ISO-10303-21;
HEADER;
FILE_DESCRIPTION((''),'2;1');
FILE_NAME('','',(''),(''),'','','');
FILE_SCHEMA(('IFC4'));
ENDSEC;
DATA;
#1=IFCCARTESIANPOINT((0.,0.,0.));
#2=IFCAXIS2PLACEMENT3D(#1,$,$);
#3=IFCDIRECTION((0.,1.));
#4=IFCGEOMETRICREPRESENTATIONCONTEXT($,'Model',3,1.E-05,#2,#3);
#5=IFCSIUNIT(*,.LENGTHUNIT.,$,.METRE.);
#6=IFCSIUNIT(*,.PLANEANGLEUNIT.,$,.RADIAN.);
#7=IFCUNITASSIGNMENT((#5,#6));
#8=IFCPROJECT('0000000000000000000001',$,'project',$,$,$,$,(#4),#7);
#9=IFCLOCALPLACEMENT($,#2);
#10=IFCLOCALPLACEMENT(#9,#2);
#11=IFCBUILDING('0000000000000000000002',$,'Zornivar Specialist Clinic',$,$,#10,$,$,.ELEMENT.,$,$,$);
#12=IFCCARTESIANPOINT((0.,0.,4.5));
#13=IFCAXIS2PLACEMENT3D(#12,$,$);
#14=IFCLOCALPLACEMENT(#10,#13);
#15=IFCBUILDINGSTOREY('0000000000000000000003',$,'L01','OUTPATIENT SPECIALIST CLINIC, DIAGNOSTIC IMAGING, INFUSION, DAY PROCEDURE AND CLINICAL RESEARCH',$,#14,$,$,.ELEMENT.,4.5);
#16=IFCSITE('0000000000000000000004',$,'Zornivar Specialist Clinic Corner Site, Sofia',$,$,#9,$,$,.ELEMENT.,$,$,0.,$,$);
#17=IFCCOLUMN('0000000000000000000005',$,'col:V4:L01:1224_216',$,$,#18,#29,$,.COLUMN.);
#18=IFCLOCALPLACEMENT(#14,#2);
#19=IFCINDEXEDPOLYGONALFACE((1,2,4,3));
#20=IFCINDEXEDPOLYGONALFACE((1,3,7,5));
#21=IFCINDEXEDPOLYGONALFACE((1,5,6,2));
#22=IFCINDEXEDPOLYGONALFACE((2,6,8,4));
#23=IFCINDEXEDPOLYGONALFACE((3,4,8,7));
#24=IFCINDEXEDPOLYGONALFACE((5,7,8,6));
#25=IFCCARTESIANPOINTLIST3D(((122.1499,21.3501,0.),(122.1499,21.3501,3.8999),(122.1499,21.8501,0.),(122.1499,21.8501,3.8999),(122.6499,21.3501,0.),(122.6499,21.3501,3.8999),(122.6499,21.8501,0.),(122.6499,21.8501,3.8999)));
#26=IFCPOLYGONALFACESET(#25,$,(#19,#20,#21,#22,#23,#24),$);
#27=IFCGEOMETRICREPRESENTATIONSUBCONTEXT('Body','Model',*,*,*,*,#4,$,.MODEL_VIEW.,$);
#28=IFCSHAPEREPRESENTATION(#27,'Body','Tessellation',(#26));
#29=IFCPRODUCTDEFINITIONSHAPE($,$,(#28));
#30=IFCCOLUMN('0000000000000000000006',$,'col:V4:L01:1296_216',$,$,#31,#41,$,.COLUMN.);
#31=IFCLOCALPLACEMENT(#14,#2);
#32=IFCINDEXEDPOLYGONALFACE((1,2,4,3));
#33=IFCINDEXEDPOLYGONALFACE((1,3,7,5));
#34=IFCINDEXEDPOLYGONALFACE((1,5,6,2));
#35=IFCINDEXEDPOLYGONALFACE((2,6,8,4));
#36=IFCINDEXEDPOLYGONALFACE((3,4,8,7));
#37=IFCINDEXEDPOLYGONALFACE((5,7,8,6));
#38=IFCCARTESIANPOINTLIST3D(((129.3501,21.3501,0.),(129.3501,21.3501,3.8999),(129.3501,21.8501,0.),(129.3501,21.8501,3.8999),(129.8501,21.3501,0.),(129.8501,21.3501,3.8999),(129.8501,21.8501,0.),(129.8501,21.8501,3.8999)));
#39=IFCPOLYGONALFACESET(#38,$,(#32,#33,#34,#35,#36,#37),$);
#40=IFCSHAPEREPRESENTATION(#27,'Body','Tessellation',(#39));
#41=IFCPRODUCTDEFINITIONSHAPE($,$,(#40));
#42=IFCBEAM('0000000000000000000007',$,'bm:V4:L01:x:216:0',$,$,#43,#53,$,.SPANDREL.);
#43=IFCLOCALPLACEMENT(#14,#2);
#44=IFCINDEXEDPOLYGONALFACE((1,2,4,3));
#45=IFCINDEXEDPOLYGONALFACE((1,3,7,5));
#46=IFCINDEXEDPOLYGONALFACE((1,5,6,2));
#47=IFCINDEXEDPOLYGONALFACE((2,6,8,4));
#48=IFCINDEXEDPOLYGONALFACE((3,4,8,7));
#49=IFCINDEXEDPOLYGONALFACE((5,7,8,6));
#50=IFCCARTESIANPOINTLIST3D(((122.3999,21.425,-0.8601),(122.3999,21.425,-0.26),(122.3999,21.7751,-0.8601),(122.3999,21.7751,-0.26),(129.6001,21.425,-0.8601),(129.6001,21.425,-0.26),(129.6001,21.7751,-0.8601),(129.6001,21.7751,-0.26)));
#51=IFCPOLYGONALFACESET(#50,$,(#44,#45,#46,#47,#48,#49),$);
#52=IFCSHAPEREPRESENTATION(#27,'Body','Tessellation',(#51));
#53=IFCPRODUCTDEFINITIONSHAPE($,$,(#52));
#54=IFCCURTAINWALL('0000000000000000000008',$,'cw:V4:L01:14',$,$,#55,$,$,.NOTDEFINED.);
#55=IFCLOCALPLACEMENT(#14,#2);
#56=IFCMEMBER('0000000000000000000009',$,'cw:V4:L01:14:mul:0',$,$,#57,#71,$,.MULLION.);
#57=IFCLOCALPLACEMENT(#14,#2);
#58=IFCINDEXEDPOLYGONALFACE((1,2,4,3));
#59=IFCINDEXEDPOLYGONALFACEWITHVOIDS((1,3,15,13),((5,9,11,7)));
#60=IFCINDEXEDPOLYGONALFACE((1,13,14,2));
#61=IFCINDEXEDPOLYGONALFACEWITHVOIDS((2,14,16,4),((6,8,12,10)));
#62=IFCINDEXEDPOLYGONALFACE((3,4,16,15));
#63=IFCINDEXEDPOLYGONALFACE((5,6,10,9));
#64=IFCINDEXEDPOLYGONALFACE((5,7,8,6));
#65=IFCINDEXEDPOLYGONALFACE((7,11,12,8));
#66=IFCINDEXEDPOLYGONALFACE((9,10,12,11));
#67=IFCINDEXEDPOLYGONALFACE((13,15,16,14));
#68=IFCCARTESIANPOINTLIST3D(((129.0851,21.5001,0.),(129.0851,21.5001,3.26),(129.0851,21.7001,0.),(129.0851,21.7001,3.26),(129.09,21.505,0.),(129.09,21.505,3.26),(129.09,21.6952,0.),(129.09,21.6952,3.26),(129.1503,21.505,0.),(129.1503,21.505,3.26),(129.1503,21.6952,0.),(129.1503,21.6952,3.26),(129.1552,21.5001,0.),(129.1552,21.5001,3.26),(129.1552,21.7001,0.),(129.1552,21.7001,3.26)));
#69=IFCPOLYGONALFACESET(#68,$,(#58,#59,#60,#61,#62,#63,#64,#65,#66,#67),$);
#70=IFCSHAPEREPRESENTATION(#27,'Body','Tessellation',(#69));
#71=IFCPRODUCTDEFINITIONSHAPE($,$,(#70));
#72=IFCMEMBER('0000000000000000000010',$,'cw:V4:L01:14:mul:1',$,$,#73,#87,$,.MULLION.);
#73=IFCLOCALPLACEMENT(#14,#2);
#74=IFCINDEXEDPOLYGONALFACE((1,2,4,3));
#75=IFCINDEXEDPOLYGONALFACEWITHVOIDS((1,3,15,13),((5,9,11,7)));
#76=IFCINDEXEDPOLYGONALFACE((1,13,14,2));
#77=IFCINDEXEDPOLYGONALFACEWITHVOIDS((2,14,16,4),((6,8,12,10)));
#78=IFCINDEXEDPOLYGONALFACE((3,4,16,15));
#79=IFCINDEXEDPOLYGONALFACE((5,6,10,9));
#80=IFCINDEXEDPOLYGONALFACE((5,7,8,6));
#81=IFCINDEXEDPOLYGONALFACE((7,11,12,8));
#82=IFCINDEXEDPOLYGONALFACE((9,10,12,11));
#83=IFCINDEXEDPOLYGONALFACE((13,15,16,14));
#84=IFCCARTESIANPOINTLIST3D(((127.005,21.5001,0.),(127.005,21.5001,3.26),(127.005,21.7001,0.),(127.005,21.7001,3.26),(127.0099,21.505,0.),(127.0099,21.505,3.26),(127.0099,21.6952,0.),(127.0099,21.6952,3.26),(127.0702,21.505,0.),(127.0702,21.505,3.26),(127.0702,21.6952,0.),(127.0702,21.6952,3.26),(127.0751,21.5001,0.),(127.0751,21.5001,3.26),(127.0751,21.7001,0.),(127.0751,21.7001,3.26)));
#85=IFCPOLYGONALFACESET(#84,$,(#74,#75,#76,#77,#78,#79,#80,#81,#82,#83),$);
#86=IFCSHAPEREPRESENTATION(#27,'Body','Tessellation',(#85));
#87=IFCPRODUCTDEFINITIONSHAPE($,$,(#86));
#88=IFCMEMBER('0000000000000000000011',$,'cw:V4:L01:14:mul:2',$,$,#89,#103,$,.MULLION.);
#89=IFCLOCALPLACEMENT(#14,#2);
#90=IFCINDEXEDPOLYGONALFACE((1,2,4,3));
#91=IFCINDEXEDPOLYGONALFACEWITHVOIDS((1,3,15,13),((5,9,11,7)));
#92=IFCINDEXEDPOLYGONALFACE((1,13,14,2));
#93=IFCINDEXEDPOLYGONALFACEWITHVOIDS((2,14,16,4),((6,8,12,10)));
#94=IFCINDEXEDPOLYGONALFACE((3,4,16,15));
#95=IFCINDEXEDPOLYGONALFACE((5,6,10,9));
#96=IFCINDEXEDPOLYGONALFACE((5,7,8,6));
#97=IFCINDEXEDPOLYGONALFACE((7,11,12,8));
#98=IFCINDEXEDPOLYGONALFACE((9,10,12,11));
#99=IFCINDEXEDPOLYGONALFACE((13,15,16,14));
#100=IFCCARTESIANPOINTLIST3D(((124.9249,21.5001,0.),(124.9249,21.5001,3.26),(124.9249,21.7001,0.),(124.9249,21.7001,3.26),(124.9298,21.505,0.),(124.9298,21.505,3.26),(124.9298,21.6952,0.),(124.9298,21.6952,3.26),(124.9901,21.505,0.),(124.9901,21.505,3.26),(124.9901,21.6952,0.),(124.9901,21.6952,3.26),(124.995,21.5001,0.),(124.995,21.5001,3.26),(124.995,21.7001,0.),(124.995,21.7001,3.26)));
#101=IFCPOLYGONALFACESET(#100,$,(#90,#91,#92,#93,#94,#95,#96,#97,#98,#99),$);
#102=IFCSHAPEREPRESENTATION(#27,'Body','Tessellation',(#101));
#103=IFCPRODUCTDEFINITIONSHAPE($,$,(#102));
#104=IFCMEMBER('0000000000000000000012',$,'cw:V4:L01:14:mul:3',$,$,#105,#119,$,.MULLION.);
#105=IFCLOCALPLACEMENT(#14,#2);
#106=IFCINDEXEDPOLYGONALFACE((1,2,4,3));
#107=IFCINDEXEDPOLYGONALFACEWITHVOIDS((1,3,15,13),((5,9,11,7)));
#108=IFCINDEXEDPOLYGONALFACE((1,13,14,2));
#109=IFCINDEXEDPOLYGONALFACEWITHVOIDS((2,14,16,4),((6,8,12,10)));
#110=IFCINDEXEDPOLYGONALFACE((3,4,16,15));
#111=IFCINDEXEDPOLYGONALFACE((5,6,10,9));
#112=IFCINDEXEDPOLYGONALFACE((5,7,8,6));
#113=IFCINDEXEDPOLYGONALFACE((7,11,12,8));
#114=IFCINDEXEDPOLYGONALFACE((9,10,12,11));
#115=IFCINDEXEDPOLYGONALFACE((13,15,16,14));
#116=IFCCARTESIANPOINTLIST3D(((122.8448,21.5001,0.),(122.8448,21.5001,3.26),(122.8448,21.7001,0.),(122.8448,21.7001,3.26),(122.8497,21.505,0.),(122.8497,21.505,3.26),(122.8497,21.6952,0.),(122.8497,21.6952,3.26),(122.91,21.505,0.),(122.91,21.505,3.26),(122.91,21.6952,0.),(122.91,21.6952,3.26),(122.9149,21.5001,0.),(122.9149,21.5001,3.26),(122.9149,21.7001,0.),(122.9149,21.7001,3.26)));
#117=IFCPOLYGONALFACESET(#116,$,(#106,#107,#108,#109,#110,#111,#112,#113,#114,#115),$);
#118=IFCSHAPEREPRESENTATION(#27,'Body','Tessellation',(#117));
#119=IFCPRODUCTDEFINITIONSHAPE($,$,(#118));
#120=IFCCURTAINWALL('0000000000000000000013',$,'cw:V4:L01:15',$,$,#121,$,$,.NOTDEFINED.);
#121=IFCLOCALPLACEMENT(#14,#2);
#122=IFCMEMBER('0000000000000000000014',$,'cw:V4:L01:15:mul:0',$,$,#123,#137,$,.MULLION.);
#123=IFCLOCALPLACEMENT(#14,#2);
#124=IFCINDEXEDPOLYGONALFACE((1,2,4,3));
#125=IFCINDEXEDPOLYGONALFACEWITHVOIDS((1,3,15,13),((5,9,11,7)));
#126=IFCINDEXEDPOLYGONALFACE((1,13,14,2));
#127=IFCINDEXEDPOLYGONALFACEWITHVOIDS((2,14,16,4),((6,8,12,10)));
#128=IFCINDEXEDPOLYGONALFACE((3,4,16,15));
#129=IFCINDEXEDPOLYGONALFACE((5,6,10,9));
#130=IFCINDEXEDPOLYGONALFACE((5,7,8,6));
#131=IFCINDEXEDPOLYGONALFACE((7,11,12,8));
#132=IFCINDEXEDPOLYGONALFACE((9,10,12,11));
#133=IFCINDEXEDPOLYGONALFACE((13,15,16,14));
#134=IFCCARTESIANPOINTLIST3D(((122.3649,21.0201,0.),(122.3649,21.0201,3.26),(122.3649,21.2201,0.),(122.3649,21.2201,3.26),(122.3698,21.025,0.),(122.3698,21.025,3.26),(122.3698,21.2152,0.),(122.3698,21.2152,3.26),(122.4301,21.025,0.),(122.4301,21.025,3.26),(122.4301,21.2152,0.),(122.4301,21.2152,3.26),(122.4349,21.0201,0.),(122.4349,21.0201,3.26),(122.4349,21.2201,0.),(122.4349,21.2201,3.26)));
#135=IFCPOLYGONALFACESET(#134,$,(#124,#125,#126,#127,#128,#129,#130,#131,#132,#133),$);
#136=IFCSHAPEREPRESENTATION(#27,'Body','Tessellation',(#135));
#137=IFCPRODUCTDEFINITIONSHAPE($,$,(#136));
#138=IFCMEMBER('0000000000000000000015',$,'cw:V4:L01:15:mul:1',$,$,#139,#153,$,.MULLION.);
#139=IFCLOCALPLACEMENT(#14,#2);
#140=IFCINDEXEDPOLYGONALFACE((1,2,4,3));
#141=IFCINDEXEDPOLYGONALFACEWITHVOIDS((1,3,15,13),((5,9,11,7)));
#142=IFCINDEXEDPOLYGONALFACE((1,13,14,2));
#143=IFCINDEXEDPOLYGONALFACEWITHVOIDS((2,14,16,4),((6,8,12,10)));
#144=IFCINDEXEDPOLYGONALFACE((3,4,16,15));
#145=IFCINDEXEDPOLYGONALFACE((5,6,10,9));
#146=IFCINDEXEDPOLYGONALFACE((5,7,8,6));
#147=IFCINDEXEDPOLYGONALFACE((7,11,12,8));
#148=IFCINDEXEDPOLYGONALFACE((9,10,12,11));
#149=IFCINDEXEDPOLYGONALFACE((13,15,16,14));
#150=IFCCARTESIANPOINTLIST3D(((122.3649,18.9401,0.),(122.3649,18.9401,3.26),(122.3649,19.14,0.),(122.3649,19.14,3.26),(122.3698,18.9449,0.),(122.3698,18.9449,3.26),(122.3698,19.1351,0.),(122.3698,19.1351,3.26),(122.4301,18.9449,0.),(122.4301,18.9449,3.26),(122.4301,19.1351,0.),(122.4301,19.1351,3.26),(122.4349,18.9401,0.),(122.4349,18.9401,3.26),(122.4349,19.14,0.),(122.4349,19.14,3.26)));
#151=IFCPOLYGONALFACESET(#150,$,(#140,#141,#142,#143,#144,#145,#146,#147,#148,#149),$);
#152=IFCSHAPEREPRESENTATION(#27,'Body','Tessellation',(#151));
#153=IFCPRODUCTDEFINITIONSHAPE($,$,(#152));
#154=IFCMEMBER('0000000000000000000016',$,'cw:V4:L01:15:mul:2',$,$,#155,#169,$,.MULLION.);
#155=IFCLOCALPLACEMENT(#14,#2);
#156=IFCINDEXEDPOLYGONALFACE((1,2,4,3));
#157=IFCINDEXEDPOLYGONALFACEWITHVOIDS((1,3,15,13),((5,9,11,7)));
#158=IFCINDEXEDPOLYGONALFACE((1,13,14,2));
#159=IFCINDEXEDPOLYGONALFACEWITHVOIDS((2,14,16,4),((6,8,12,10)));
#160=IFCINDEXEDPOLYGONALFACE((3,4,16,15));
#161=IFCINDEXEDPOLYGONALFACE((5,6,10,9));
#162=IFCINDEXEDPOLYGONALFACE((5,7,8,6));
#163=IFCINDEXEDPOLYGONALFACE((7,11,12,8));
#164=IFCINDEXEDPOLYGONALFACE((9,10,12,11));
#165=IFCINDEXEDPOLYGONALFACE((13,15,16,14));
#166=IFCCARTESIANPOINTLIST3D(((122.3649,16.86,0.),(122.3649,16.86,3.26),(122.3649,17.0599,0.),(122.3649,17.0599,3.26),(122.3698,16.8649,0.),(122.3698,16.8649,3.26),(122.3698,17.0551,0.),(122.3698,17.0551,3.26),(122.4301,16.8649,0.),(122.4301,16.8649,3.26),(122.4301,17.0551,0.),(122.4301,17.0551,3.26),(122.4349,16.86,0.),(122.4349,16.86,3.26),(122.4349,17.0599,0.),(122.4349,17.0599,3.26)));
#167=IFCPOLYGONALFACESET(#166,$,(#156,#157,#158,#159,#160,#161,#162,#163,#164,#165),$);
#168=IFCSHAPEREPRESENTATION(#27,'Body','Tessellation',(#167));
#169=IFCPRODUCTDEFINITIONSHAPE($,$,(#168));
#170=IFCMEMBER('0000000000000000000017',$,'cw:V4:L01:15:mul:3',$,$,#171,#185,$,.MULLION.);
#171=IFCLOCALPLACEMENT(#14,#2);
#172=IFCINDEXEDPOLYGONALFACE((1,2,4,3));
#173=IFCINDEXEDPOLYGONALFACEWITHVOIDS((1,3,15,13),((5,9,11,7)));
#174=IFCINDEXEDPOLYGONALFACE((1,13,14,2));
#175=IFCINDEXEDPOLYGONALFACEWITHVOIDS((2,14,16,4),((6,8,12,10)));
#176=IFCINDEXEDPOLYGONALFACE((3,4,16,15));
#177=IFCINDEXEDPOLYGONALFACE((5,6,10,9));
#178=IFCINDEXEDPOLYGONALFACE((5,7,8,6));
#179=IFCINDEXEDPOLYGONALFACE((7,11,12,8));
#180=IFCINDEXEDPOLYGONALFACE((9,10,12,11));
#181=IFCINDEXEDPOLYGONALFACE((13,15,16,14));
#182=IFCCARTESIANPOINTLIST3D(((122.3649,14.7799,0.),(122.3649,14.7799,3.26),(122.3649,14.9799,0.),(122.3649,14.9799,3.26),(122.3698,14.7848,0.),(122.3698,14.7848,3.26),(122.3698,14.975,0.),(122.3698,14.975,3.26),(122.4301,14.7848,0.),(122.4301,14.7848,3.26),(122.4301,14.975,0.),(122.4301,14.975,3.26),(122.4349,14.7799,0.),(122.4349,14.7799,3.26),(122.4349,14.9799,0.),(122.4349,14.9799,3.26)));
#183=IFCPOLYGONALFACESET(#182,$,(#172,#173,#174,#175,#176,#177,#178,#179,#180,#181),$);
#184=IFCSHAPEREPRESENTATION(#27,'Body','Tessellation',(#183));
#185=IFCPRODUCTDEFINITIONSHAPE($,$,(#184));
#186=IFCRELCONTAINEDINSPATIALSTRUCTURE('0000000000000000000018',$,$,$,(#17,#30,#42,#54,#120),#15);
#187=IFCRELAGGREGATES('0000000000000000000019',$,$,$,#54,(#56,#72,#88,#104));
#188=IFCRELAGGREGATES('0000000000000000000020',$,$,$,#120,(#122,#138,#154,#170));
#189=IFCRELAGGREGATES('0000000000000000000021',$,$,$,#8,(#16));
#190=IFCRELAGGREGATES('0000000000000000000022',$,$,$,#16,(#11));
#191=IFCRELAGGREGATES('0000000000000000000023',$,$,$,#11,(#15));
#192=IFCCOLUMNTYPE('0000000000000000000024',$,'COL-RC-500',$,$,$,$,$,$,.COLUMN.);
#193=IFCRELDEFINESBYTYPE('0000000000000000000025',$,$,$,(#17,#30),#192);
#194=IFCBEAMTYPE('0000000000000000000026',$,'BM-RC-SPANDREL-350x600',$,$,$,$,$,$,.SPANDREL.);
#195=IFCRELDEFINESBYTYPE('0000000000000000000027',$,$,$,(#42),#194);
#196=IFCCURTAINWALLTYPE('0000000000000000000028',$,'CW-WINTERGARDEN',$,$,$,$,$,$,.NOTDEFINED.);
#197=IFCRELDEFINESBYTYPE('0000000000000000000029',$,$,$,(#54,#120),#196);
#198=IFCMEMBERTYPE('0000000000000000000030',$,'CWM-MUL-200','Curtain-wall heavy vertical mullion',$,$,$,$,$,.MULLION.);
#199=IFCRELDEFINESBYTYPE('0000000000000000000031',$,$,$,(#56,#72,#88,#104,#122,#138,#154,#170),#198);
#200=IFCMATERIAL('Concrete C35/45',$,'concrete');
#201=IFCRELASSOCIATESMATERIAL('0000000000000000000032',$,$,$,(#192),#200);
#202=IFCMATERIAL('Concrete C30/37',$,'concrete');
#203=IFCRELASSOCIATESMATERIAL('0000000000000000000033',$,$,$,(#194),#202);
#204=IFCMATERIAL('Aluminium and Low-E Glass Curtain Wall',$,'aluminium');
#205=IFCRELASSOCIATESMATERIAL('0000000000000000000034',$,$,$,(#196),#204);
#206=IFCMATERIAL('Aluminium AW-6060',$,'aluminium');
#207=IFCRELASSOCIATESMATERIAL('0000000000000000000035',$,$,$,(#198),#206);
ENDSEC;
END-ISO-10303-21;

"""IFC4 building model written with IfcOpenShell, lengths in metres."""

from ifc_helpers import new_model, si_unit, direction, frame, origin, origin_2d, place, context, subcontext, project, spatial, rectangle, hollow_rectangle, extrude, material, material_profile, profile_set, type_object, element, aggregate, save


model = new_model("IFC4")

# Units and contexts
model_context = context("Model", 3, precision=1e-05, world=origin(), true_north=direction((0.0, 1.0)))
body_context = subcontext(model_context, "Body", "Model", "MODEL_VIEW")
ifc_project = project(units=[si_unit("LENGTHUNIT", "METRE"), si_unit("PLANEANGLEUNIT", "RADIAN")], contexts=[model_context])

# Site, building, storey
site_placement = place(None, origin())
site = spatial("IfcSite", under=ifc_project, at=site_placement, Name="Zornivar Specialist Clinic Corner Site, Sofia", CompositionType="ELEMENT", RefElevation=0.0)
building_placement = place(site_placement, origin())
building = spatial("IfcBuilding", under=site, at=building_placement, Name="Zornivar Specialist Clinic", CompositionType="ELEMENT")
storey_placement = place(building_placement, frame((0.0, 0.0, 4.5)))
storey = spatial("IfcBuildingStorey", under=building, at=storey_placement, Name="L01", Description="OUTPATIENT SPECIALIST CLINIC, DIAGNOSTIC IMAGING, INFUSION, DAY PROCEDURE AND CLINICAL RESEARCH", CompositionType="ELEMENT", Elevation=4.5)

# Columns
ifc_material_1 = material(Name="Concrete C35/45", Category="concrete")
ifc_material_profile_1 = material_profile(ifc_material_1, rectangle(XDim=0.5, YDim=0.5, at=origin_2d()), Name="RC 500x500")
ifc_profile_set_1 = profile_set([ifc_material_profile_1], Name="Concrete C35/45")
column_type = type_object("IfcColumnType", Name="COL-RC-500", PredefinedType="COLUMN", material=ifc_profile_set_1)
for number, where, z_axis, x_axis, name in (
    (1, (122.3999, 21.6001, 0.0), (0.0, 0.0, 1.0), (1.0, 0.0, 0.0), "col:V4:L01:1224_216"),
    (2, (129.6001, 21.6001, 0.0), (0.0, 0.0, 1.0), (1.0, 0.0, 0.0), "col:V4:L01:1296_216"),
):
    element("IfcColumn", number, at=place(storey_placement, frame(where, z_axis=z_axis, x_axis=x_axis)), inside=storey, type_object=column_type, Name=name, PredefinedType="COLUMN", context=body_context, shape_type="SweptSolid", body=[
        extrude(rectangle(XDim=0.5, YDim=0.5, at=origin_2d()), origin(), (0.0, 0.0, 1.0), 3.8999),
    ])

# Beam
ifc_material_2 = material(Name="Concrete C30/37", Category="concrete")
ifc_material_profile_2 = material_profile(ifc_material_2, rectangle(XDim=0.3501, YDim=0.6001, at=origin_2d()), Name="RC 350x600")
ifc_profile_set_2 = profile_set([ifc_material_profile_2], Name="Concrete C30/37")
beam_type = type_object("IfcBeamType", Name="BM-RC-SPANDREL-350x600", PredefinedType="SPANDREL", material=ifc_profile_set_2)
beam_placement = place(storey_placement, frame((122.3999, 21.6001, -0.5601), z_axis=(1.0, 0.0, 0.0), x_axis=(0.0, 1.0, 0.0)))
element("IfcBeam", 3, at=beam_placement, inside=storey, type_object=beam_type, Name="bm:V4:L01:x:216:0", PredefinedType="SPANDREL", context=body_context, shape_type="SweptSolid", body=[
    extrude(rectangle(XDim=0.3501, YDim=0.6001, at=origin_2d()), origin(), (0.0, 0.0, 1.0), 7.2002),
])

# Curtain walls, members
ifc_material_3 = material(Name="Aluminium and Low-E Glass Curtain Wall", Category="aluminium")
curtain_wall_type = type_object("IfcCurtainWallType", Name="CW-WINTERGARDEN", PredefinedType="NOTDEFINED", material=ifc_material_3)
curtain_wall_1_placement = place(storey_placement, origin())
curtain_wall_1 = element("IfcCurtainWall", 4, at=curtain_wall_1_placement, inside=storey, type_object=curtain_wall_type, Name="cw:V4:L01:14", PredefinedType="NOTDEFINED")
ifc_material_4 = material(Name="Aluminium AW-6060", Category="aluminium")
ifc_material_profile_3 = material_profile(ifc_material_4, hollow_rectangle(XDim=0.0701, YDim=0.2, WallThickness=0.0049, at=origin_2d()), Name="ALU 70x200x5")
ifc_profile_set_3 = profile_set([ifc_material_profile_3], Name="Aluminium AW-6060")
member_type_1 = type_object("IfcMemberType", Name="CWM-MUL-200", Description="Curtain-wall heavy vertical mullion", PredefinedType="MULLION", material=ifc_profile_set_3)
member_1_placement = place(storey_placement, frame((129.1201, 21.6001, 0.0), z_axis=(0.0, 0.0, 1.0), x_axis=(1.0, 0.0, 0.0)))
member_1 = element("IfcMember", 5, at=member_1_placement, type_object=member_type_1, Name="cw:V4:L01:14:mul:0", PredefinedType="MULLION", context=body_context, shape_type="SweptSolid", body=[
    extrude(hollow_rectangle(XDim=0.0701, YDim=0.2, WallThickness=0.0049, at=origin_2d()), origin(), (0.0, 0.0, 1.0), 3.26),
])
member_2_placement = place(storey_placement, frame((127.04, 21.6001, 0.0), z_axis=(0.0, 0.0, 1.0), x_axis=(1.0, 0.0, 0.0)))
member_2 = element("IfcMember", 6, at=member_2_placement, type_object=member_type_1, Name="cw:V4:L01:14:mul:1", PredefinedType="MULLION", context=body_context, shape_type="SweptSolid", body=[
    extrude(hollow_rectangle(XDim=0.0701, YDim=0.2, WallThickness=0.0049, at=origin_2d()), origin(), (0.0, 0.0, 1.0), 3.26),
])
member_3_placement = place(storey_placement, frame((124.96, 21.6001, 0.0), z_axis=(0.0, 0.0, 1.0), x_axis=(1.0, 0.0, 0.0)))
member_3 = element("IfcMember", 7, at=member_3_placement, type_object=member_type_1, Name="cw:V4:L01:14:mul:2", PredefinedType="MULLION", context=body_context, shape_type="SweptSolid", body=[
    extrude(hollow_rectangle(XDim=0.0701, YDim=0.2, WallThickness=0.0049, at=origin_2d()), origin(), (0.0, 0.0, 1.0), 3.26),
])
member_4_placement = place(storey_placement, frame((122.8799, 21.6001, 0.0), z_axis=(0.0, 0.0, 1.0), x_axis=(1.0, 0.0, 0.0)))
member_4 = element("IfcMember", 8, at=member_4_placement, type_object=member_type_1, Name="cw:V4:L01:14:mul:3", PredefinedType="MULLION", context=body_context, shape_type="SweptSolid", body=[
    extrude(hollow_rectangle(XDim=0.0701, YDim=0.2, WallThickness=0.0049, at=origin_2d()), origin(), (0.0, 0.0, 1.0), 3.26),
])
curtain_wall_2_placement = place(storey_placement, origin())
curtain_wall_2 = element("IfcCurtainWall", 9, at=curtain_wall_2_placement, inside=storey, type_object=curtain_wall_type, Name="cw:V4:L01:15", PredefinedType="NOTDEFINED")
member_5_placement = place(storey_placement, frame((122.3999, 21.1201, 0.0), z_axis=(0.0, 0.0, 1.0), x_axis=(1.0, 0.0, 0.0)))
member_5 = element("IfcMember", 10, at=member_5_placement, type_object=member_type_1, Name="cw:V4:L01:15:mul:0", PredefinedType="MULLION", context=body_context, shape_type="SweptSolid", body=[
    extrude(hollow_rectangle(XDim=0.0701, YDim=0.2, WallThickness=0.0049, at=origin_2d()), origin(), (0.0, 0.0, 1.0), 3.26),
])
member_6_placement = place(storey_placement, frame((122.3999, 19.04, 0.0), z_axis=(0.0, 0.0, 1.0), x_axis=(1.0, 0.0, 0.0)))
member_6 = element("IfcMember", 11, at=member_6_placement, type_object=member_type_1, Name="cw:V4:L01:15:mul:1", PredefinedType="MULLION", context=body_context, shape_type="SweptSolid", body=[
    extrude(hollow_rectangle(XDim=0.0701, YDim=0.2, WallThickness=0.0049, at=origin_2d()), origin(), (0.0, 0.0, 1.0), 3.26),
])
member_7_placement = place(storey_placement, frame((122.3999, 16.96, 0.0), z_axis=(0.0, 0.0, 1.0), x_axis=(1.0, 0.0, 0.0)))
member_7 = element("IfcMember", 12, at=member_7_placement, type_object=member_type_1, Name="cw:V4:L01:15:mul:2", PredefinedType="MULLION", context=body_context, shape_type="SweptSolid", body=[
    extrude(hollow_rectangle(XDim=0.0701, YDim=0.2, WallThickness=0.0049, at=origin_2d()), origin(), (0.0, 0.0, 1.0), 3.26),
])
member_8_placement = place(storey_placement, frame((122.3999, 14.8799, 0.0), z_axis=(0.0, 0.0, 1.0), x_axis=(1.0, 0.0, 0.0)))
member_8 = element("IfcMember", 13, at=member_8_placement, type_object=member_type_1, Name="cw:V4:L01:15:mul:3", PredefinedType="MULLION", context=body_context, shape_type="SweptSolid", body=[
    extrude(hollow_rectangle(XDim=0.0701, YDim=0.2, WallThickness=0.0049, at=origin_2d()), origin(), (0.0, 0.0, 1.0), 3.26),
])

aggregate(curtain_wall_1, [member_1, member_2, member_3, member_4])
aggregate(curtain_wall_2, [member_5, member_6, member_7, member_8])

save(model, "model.ifc")
